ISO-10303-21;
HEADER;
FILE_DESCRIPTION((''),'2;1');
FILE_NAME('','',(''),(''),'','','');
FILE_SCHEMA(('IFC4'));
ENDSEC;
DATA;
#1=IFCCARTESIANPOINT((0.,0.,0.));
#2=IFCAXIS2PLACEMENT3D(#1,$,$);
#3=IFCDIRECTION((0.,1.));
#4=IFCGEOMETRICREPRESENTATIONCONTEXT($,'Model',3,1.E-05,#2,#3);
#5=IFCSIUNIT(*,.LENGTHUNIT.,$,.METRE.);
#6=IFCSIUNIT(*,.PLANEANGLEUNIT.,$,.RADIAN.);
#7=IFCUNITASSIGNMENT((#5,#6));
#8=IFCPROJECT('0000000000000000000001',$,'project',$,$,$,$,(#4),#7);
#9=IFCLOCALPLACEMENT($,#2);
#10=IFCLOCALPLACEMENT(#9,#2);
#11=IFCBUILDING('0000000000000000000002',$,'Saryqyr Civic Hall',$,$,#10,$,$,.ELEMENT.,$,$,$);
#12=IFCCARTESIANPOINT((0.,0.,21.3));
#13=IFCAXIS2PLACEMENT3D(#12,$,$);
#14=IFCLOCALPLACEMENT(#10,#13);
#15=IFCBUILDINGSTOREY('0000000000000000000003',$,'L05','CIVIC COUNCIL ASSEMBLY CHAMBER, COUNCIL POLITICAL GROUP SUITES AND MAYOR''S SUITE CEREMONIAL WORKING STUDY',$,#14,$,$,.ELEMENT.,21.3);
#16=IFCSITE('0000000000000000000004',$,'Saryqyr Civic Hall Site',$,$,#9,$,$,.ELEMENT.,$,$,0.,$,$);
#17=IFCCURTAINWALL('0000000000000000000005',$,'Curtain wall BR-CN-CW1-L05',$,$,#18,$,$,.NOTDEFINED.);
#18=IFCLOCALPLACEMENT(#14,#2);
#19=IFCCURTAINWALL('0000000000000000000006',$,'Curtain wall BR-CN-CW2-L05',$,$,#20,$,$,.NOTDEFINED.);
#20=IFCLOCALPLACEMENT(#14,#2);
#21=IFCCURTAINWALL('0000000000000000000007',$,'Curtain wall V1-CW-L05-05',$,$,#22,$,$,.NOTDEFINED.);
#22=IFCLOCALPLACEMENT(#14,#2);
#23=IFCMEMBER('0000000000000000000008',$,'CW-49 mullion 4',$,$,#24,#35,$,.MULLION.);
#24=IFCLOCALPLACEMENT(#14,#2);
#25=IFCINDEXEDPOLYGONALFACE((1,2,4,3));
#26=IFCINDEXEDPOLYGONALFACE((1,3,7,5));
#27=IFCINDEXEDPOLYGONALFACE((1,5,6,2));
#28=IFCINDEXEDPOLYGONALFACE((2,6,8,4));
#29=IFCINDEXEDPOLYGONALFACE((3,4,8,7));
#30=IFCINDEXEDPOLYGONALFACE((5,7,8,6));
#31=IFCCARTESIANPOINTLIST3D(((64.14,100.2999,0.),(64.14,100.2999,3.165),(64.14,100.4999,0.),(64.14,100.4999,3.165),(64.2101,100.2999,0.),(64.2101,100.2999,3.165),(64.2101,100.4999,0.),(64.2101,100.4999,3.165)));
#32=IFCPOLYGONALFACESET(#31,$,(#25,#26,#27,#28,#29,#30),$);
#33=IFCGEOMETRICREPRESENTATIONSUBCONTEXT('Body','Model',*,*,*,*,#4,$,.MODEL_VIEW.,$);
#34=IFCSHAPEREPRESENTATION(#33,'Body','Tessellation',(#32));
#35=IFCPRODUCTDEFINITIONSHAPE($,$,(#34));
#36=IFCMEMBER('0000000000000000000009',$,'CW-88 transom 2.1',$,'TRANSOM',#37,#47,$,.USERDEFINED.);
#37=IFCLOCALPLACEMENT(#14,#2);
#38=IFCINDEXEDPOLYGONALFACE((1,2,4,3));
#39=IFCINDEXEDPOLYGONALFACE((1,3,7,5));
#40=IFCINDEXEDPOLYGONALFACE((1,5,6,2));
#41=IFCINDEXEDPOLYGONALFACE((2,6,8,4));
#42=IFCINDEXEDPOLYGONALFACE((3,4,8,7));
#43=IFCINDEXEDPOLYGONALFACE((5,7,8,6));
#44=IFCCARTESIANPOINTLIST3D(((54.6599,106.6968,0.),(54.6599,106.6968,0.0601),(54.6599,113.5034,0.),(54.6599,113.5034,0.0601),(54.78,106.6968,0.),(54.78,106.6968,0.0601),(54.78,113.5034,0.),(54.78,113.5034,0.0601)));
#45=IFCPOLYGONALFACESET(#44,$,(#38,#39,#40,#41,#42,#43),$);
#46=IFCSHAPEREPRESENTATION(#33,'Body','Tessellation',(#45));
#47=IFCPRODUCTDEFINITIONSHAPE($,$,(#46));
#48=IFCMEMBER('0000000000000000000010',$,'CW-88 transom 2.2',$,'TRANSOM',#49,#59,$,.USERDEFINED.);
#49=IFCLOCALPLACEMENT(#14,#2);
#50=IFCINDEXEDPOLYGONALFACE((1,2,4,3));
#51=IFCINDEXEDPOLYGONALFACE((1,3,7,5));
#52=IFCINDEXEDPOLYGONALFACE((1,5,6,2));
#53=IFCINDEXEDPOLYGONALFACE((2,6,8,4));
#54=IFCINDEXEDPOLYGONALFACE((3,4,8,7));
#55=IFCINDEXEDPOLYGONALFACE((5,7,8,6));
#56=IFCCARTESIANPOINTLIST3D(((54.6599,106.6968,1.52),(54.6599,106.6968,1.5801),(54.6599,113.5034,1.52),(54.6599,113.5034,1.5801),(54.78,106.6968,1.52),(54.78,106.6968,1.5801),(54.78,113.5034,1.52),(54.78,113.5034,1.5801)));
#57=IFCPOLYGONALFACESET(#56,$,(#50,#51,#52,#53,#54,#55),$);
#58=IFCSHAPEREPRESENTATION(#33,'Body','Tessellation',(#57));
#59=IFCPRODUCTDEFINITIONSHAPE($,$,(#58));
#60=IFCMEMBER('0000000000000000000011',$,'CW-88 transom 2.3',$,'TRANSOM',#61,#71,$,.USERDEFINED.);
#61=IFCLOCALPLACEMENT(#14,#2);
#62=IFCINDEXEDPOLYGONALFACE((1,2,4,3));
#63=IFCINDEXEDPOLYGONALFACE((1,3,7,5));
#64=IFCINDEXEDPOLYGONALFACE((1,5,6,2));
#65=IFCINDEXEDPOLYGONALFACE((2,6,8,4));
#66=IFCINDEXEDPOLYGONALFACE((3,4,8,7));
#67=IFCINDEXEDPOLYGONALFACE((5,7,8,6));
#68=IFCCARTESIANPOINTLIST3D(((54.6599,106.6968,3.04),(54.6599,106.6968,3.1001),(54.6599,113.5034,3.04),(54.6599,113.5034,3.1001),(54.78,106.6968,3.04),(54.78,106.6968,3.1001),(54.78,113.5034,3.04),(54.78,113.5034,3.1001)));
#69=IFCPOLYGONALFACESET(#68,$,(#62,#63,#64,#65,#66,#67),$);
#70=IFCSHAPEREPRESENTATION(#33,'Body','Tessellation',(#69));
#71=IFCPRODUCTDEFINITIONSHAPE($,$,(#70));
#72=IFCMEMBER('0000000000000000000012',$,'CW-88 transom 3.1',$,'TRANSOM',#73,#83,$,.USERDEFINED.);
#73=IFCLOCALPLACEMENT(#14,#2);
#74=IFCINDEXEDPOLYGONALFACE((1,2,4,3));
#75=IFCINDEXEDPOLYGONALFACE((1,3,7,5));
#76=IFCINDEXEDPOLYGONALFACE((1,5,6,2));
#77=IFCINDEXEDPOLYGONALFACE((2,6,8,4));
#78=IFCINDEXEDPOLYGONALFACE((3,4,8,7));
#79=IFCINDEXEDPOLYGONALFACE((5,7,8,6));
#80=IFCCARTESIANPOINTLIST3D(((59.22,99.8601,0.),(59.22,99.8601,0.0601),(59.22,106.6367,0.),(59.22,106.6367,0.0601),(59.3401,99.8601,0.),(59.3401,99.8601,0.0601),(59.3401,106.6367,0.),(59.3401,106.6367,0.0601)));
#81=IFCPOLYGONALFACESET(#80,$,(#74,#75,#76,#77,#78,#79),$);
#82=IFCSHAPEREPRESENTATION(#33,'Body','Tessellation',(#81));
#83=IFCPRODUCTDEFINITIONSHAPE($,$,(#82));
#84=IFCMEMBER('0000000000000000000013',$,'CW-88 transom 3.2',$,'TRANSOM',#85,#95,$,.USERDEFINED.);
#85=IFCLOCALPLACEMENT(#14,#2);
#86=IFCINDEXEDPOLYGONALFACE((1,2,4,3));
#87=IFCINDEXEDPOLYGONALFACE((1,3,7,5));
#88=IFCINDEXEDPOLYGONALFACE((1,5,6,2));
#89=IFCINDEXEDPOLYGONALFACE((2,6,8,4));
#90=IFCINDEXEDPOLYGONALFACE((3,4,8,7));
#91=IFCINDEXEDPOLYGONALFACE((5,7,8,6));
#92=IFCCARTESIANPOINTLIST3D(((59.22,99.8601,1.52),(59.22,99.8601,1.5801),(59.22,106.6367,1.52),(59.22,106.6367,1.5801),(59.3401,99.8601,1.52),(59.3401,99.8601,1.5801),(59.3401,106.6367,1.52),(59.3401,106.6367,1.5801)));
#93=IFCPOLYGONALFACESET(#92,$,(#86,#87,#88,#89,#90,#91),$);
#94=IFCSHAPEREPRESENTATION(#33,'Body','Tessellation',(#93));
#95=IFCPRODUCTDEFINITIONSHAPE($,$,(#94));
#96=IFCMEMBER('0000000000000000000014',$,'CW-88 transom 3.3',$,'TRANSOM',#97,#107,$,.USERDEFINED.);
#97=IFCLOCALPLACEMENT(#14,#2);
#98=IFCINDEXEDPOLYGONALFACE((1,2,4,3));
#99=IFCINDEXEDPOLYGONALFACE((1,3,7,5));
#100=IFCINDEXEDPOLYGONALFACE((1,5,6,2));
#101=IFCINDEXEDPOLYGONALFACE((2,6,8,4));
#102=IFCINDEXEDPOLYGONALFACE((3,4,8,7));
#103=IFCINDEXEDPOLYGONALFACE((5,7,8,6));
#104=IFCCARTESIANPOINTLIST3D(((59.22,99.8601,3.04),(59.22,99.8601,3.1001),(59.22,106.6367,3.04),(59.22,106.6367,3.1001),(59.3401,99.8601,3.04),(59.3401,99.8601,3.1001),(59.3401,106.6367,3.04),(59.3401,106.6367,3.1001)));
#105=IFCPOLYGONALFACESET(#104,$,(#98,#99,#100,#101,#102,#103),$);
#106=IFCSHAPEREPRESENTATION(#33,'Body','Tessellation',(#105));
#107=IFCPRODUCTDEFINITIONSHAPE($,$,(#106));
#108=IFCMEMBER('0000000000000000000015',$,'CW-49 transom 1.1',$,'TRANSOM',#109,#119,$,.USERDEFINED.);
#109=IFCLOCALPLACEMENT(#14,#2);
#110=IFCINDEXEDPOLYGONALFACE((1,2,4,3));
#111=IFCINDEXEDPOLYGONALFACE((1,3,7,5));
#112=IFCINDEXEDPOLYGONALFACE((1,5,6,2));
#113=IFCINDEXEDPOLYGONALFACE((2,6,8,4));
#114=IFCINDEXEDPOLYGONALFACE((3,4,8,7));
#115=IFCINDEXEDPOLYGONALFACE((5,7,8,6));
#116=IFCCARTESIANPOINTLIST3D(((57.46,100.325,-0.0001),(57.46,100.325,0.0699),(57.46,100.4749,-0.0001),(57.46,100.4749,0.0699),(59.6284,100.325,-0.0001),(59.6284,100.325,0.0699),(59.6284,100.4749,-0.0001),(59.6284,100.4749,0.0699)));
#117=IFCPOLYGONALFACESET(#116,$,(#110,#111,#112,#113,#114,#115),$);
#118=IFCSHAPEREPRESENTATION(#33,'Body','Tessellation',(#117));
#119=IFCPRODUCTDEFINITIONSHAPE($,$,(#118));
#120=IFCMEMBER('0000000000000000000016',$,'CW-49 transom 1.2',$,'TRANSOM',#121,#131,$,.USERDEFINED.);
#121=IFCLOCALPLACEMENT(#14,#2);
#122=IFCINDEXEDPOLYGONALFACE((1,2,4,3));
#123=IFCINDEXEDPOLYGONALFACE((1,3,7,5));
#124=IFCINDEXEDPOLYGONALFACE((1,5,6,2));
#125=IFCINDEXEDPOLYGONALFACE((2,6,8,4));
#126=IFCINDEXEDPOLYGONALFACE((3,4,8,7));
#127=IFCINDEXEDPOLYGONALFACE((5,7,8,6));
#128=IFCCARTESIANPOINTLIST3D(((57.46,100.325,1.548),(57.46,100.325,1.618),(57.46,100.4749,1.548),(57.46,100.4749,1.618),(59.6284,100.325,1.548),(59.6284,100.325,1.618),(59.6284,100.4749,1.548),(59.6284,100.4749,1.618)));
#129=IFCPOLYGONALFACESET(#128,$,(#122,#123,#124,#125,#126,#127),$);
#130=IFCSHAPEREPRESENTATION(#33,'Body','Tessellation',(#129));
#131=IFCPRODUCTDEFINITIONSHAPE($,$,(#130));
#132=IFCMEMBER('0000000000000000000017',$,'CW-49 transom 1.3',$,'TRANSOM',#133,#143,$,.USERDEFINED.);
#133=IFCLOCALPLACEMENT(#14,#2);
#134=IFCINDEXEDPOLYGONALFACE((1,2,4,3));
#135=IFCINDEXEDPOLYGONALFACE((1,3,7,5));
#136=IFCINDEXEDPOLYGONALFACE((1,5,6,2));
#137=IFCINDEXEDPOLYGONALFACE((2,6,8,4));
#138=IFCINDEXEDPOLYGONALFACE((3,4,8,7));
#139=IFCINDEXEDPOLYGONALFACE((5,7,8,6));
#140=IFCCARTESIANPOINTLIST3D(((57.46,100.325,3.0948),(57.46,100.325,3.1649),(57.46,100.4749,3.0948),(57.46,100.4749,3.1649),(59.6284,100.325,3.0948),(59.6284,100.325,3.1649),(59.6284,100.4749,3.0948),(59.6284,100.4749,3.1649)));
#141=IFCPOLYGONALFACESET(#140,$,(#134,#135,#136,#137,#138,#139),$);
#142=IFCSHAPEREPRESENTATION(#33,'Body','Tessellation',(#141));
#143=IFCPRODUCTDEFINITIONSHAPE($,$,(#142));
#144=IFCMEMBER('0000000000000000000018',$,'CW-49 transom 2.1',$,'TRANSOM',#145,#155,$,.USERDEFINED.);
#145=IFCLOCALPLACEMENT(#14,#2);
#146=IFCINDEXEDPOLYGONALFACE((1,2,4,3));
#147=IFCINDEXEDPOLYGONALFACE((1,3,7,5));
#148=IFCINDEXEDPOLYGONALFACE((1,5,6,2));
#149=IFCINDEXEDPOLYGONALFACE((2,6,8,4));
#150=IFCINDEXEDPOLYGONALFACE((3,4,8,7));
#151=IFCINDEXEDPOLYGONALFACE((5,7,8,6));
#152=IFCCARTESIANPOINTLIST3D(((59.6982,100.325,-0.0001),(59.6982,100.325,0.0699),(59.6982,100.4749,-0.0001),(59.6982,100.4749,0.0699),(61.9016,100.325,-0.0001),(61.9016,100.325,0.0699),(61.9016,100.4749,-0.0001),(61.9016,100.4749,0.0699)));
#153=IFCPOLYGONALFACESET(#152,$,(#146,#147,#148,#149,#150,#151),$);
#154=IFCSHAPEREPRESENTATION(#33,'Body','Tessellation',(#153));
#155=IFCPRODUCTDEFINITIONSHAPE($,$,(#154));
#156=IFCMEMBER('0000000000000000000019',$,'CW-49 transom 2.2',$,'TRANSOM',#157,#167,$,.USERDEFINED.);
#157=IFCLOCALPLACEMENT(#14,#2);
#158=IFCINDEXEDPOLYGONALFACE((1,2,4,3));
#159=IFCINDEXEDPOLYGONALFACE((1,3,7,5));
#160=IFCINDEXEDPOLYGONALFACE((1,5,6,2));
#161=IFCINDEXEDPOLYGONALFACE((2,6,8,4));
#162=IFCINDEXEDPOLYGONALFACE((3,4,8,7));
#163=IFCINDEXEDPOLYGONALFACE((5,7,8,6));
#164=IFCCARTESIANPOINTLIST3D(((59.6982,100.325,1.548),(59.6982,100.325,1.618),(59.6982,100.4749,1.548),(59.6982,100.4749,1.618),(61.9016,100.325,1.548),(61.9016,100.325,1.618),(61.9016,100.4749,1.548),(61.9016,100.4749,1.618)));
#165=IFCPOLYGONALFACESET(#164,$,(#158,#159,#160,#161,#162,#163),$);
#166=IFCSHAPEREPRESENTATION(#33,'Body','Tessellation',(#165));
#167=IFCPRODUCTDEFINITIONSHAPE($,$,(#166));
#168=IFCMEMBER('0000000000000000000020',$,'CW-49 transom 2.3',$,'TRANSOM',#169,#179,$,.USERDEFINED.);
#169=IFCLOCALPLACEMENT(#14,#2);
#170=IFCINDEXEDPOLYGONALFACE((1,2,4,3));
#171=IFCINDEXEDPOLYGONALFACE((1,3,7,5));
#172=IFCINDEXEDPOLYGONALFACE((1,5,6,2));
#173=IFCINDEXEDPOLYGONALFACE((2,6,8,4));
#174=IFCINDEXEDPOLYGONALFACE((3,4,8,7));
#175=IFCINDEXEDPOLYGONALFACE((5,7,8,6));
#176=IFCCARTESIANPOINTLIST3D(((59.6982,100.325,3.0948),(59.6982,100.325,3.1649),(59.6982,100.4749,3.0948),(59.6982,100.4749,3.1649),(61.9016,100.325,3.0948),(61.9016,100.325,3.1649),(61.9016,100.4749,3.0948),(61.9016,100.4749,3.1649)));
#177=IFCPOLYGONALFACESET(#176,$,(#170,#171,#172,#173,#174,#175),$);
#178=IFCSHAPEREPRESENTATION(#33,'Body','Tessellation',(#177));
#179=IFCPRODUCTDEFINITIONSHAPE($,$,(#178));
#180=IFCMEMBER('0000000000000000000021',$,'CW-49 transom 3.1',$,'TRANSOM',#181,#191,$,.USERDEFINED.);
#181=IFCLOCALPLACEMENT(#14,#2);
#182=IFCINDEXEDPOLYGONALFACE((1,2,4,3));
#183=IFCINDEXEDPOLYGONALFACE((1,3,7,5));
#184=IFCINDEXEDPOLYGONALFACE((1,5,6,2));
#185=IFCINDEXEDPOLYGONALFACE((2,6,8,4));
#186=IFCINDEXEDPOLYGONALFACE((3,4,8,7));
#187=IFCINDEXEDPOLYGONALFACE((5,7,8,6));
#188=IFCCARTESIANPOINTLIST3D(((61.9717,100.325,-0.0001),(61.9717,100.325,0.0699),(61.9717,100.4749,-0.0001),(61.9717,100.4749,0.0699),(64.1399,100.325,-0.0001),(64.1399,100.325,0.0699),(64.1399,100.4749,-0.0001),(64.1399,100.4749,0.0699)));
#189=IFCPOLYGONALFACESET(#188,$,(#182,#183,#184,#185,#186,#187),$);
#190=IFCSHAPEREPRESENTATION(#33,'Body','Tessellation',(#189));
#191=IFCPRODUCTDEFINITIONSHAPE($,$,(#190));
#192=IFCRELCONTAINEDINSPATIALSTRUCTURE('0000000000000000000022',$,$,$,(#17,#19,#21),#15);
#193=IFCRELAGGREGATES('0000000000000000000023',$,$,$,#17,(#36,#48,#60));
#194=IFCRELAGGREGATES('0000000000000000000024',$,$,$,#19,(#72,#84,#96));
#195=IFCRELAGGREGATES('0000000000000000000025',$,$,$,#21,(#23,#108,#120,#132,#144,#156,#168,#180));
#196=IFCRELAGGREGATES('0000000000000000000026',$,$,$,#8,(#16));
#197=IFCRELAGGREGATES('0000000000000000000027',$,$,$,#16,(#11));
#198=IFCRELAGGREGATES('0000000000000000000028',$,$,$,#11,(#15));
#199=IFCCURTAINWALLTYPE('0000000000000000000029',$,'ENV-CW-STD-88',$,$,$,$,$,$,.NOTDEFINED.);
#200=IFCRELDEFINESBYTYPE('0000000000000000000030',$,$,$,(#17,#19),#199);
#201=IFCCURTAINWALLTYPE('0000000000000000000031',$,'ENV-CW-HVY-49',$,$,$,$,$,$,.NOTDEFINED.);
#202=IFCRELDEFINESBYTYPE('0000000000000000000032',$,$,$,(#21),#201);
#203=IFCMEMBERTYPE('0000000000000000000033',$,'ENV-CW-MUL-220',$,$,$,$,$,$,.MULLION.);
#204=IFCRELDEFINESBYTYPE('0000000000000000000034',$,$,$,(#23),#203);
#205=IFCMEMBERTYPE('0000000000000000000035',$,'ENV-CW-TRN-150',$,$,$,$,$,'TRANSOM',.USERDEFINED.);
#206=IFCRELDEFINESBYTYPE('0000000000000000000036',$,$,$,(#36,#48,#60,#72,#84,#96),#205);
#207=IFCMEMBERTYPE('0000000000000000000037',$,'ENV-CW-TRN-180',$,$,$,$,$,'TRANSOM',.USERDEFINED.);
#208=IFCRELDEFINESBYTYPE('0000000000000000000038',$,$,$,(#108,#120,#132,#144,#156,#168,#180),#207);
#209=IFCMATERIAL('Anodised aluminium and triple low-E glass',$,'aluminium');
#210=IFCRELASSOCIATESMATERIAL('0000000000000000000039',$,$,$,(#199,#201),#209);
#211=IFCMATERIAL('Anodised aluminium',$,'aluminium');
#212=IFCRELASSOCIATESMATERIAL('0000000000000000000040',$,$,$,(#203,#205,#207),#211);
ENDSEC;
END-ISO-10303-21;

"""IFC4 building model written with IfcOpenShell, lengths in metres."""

from ifc_helpers import new_model, si_unit, direction, frame, origin, origin_2d, place, context, subcontext, project, spatial, rectangle, extrude, material, material_profile, profile_set, type_object, element, aggregate, save


model = new_model("IFC4")

# Units and contexts
model_context = context("Model", 3, precision=1e-05, world=origin(), true_north=direction((0.0, 1.0)))
body_context = subcontext(model_context, "Body", "Model", "MODEL_VIEW")
ifc_project = project(units=[si_unit("LENGTHUNIT", "METRE"), si_unit("PLANEANGLEUNIT", "RADIAN")], contexts=[model_context])

# Site, building, storey
site_placement = place(None, origin())
site = spatial("IfcSite", under=ifc_project, at=site_placement, Name="Saryqyr Civic Hall Site", CompositionType="ELEMENT", RefElevation=0.0)
building_placement = place(site_placement, origin())
building = spatial("IfcBuilding", under=site, at=building_placement, Name="Saryqyr Civic Hall", CompositionType="ELEMENT")
storey_placement = place(building_placement, frame((0.0, 0.0, 21.3)))
storey = spatial("IfcBuildingStorey", under=building, at=storey_placement, Name="L05", Description="CIVIC COUNCIL ASSEMBLY CHAMBER, COUNCIL POLITICAL GROUP SUITES AND MAYOR'S SUITE CEREMONIAL WORKING STUDY", CompositionType="ELEMENT", Elevation=21.3)

# Curtain walls
ifc_material_1 = material(Name="Anodised aluminium and triple low-E glass", Category="aluminium")
curtain_wall_type_1 = type_object("IfcCurtainWallType", Name="ENV-CW-STD-88", PredefinedType="NOTDEFINED", material=ifc_material_1)
curtain_wall_1_placement = place(storey_placement, origin())
curtain_wall_1 = element("IfcCurtainWall", 1, at=curtain_wall_1_placement, inside=storey, type_object=curtain_wall_type_1, Name="Curtain wall BR-CN-CW1-L05", PredefinedType="NOTDEFINED")
ifc_material_2 = material(Name="Anodised aluminium", Category="aluminium")
curtain_wall_2_placement = place(storey_placement, origin())
curtain_wall_2 = element("IfcCurtainWall", 2, at=curtain_wall_2_placement, inside=storey, type_object=curtain_wall_type_1, Name="Curtain wall BR-CN-CW2-L05", PredefinedType="NOTDEFINED")

# Curtain wall, member
curtain_wall_type_2 = type_object("IfcCurtainWallType", Name="ENV-CW-HVY-49", PredefinedType="NOTDEFINED", material=ifc_material_1)
curtain_wall_3_placement = place(storey_placement, origin())
curtain_wall_3 = element("IfcCurtainWall", 3, at=curtain_wall_3_placement, inside=storey, type_object=curtain_wall_type_2, Name="Curtain wall V1-CW-L05-05", PredefinedType="NOTDEFINED")
ifc_material_profile_1 = material_profile(ifc_material_2, rectangle(XDim=0.0701, YDim=0.2, at=origin_2d()), Name="ALU MULLION 70x200")
ifc_profile_set_1 = profile_set([ifc_material_profile_1], Name="Anodised aluminium")
member_type_1 = type_object("IfcMemberType", Name="ENV-CW-MUL-220", PredefinedType="MULLION", material=ifc_profile_set_1)
member_1_placement = place(storey_placement, frame((64.175, 100.3999, 0.0), z_axis=(0.0, 0.0, 1.0), x_axis=(1.0, 0.0, 0.0)))
member_1 = element("IfcMember", 4, at=member_1_placement, type_object=member_type_1, Name="CW-49 mullion 4", PredefinedType="MULLION", context=body_context, shape_type="SweptSolid", body=[
    extrude(rectangle(XDim=0.0701, YDim=0.2, at=origin_2d()), origin(), (0.0, 0.0, 1.0), 3.165),
])

# Members
ifc_material_profile_2 = material_profile(ifc_material_2, rectangle(XDim=0.1201, YDim=0.0601, at=origin_2d()), Name="ALU TRANSOM 120x60")
ifc_profile_set_2 = profile_set([ifc_material_profile_2], Name="Anodised aluminium")
member_type_2 = type_object("IfcMemberType", Name="ENV-CW-TRN-150", ElementType="TRANSOM", PredefinedType="USERDEFINED", material=ifc_profile_set_2)
member_2_placement = place(storey_placement, frame((54.72, 106.6968, 0.03), z_axis=(0.0, 1.0, 0.0), x_axis=(-1.0, 0.0, 0.0)))
member_2 = element("IfcMember", 5, at=member_2_placement, type_object=member_type_2, Name="CW-88 transom 2.1", ObjectType="TRANSOM", PredefinedType="USERDEFINED", context=body_context, shape_type="SweptSolid", body=[
    extrude(rectangle(XDim=0.1201, YDim=0.0601, at=origin_2d()), origin(), (0.0, 0.0, 1.0), 6.8066),
])
member_3_placement = place(storey_placement, frame((54.72, 106.6968, 1.55), z_axis=(0.0, 1.0, 0.0), x_axis=(-1.0, 0.0, 0.0)))
member_3 = element("IfcMember", 6, at=member_3_placement, type_object=member_type_2, Name="CW-88 transom 2.2", ObjectType="TRANSOM", PredefinedType="USERDEFINED", context=body_context, shape_type="SweptSolid", body=[
    extrude(rectangle(XDim=0.1201, YDim=0.0601, at=origin_2d()), origin(), (0.0, 0.0, 1.0), 6.8066),
])
member_4_placement = place(storey_placement, frame((54.72, 106.6968, 3.0701), z_axis=(0.0, 1.0, 0.0), x_axis=(-1.0, 0.0, 0.0)))
member_4 = element("IfcMember", 7, at=member_4_placement, type_object=member_type_2, Name="CW-88 transom 2.3", ObjectType="TRANSOM", PredefinedType="USERDEFINED", context=body_context, shape_type="SweptSolid", body=[
    extrude(rectangle(XDim=0.1201, YDim=0.0601, at=origin_2d()), origin(), (0.0, 0.0, 1.0), 6.8066),
])
member_5_placement = place(storey_placement, frame((59.28, 106.6367, 0.03), z_axis=(0.0, -1.0, 0.0), x_axis=(1.0, 0.0, 0.0)))
member_5 = element("IfcMember", 8, at=member_5_placement, type_object=member_type_2, Name="CW-88 transom 3.1", ObjectType="TRANSOM", PredefinedType="USERDEFINED", context=body_context, shape_type="SweptSolid", body=[
    extrude(rectangle(XDim=0.1201, YDim=0.0601, at=origin_2d()), origin(), (0.0, 0.0, 1.0), 6.7766),
])
member_6_placement = place(storey_placement, frame((59.28, 106.6367, 1.55), z_axis=(0.0, -1.0, 0.0), x_axis=(1.0, 0.0, 0.0)))
member_6 = element("IfcMember", 9, at=member_6_placement, type_object=member_type_2, Name="CW-88 transom 3.2", ObjectType="TRANSOM", PredefinedType="USERDEFINED", context=body_context, shape_type="SweptSolid", body=[
    extrude(rectangle(XDim=0.1201, YDim=0.0601, at=origin_2d()), origin(), (0.0, 0.0, 1.0), 6.7766),
])
member_7_placement = place(storey_placement, frame((59.28, 106.6367, 3.0701), z_axis=(0.0, -1.0, 0.0), x_axis=(1.0, 0.0, 0.0)))
member_7 = element("IfcMember", 10, at=member_7_placement, type_object=member_type_2, Name="CW-88 transom 3.3", ObjectType="TRANSOM", PredefinedType="USERDEFINED", context=body_context, shape_type="SweptSolid", body=[
    extrude(rectangle(XDim=0.1201, YDim=0.0601, at=origin_2d()), origin(), (0.0, 0.0, 1.0), 6.7766),
])
ifc_material_profile_3 = material_profile(ifc_material_2, rectangle(XDim=0.1499, YDim=0.0701, at=origin_2d()), Name="ALU TRANSOM 150x70")
ifc_profile_set_3 = profile_set([ifc_material_profile_3], Name="Anodised aluminium")
member_type_3 = type_object("IfcMemberType", Name="ENV-CW-TRN-180", ElementType="TRANSOM", PredefinedType="USERDEFINED", material=ifc_profile_set_3)
member_8_placement = place(storey_placement, frame((57.46, 100.3999, 0.0349), z_axis=(1.0, 0.0, 0.0), x_axis=(0.0, 1.0, 0.0)))
member_8 = element("IfcMember", 11, at=member_8_placement, type_object=member_type_3, Name="CW-49 transom 1.1", ObjectType="TRANSOM", PredefinedType="USERDEFINED", context=body_context, shape_type="SweptSolid", body=[
    extrude(rectangle(XDim=0.1499, YDim=0.0701, at=origin_2d()), origin(), (0.0, 0.0, 1.0), 2.1685),
])
member_9_placement = place(storey_placement, frame((57.46, 100.3999, 1.583), z_axis=(1.0, 0.0, 0.0), x_axis=(0.0, 1.0, 0.0)))
member_9 = element("IfcMember", 12, at=member_9_placement, type_object=member_type_3, Name="CW-49 transom 1.2", ObjectType="TRANSOM", PredefinedType="USERDEFINED", context=body_context, shape_type="SweptSolid", body=[
    extrude(rectangle(XDim=0.1499, YDim=0.0701, at=origin_2d()), origin(), (0.0, 0.0, 1.0), 2.1685),
])
member_10_placement = place(storey_placement, frame((57.46, 100.3999, 3.1299), z_axis=(1.0, 0.0, 0.0), x_axis=(0.0, 1.0, 0.0)))
member_10 = element("IfcMember", 13, at=member_10_placement, type_object=member_type_3, Name="CW-49 transom 1.3", ObjectType="TRANSOM", PredefinedType="USERDEFINED", context=body_context, shape_type="SweptSolid", body=[
    extrude(rectangle(XDim=0.1499, YDim=0.0701, at=origin_2d()), origin(), (0.0, 0.0, 1.0), 2.1685),
])
member_11_placement = place(storey_placement, frame((59.6982, 100.3999, 0.0349), z_axis=(1.0, 0.0, 0.0), x_axis=(0.0, 1.0, 0.0)))
member_11 = element("IfcMember", 14, at=member_11_placement, type_object=member_type_3, Name="CW-49 transom 2.1", ObjectType="TRANSOM", PredefinedType="USERDEFINED", context=body_context, shape_type="SweptSolid", body=[
    extrude(rectangle(XDim=0.1499, YDim=0.0701, at=origin_2d()), origin(), (0.0, 0.0, 1.0), 2.2034),
])
member_12_placement = place(storey_placement, frame((59.6982, 100.3999, 1.583), z_axis=(1.0, 0.0, 0.0), x_axis=(0.0, 1.0, 0.0)))
member_12 = element("IfcMember", 15, at=member_12_placement, type_object=member_type_3, Name="CW-49 transom 2.2", ObjectType="TRANSOM", PredefinedType="USERDEFINED", context=body_context, shape_type="SweptSolid", body=[
    extrude(rectangle(XDim=0.1499, YDim=0.0701, at=origin_2d()), origin(), (0.0, 0.0, 1.0), 2.2034),
])
member_13_placement = place(storey_placement, frame((59.6982, 100.3999, 3.1299), z_axis=(1.0, 0.0, 0.0), x_axis=(0.0, 1.0, 0.0)))
member_13 = element("IfcMember", 16, at=member_13_placement, type_object=member_type_3, Name="CW-49 transom 2.3", ObjectType="TRANSOM", PredefinedType="USERDEFINED", context=body_context, shape_type="SweptSolid", body=[
    extrude(rectangle(XDim=0.1499, YDim=0.0701, at=origin_2d()), origin(), (0.0, 0.0, 1.0), 2.2034),
])
member_14_placement = place(storey_placement, frame((61.9717, 100.3999, 0.0349), z_axis=(1.0, 0.0, 0.0), x_axis=(0.0, 1.0, 0.0)))
member_14 = element("IfcMember", 17, at=member_14_placement, type_object=member_type_3, Name="CW-49 transom 3.1", ObjectType="TRANSOM", PredefinedType="USERDEFINED", context=body_context, shape_type="SweptSolid", body=[
    extrude(rectangle(XDim=0.1499, YDim=0.0701, at=origin_2d()), origin(), (0.0, 0.0, 1.0), 2.1682),
])

aggregate(curtain_wall_1, [member_2, member_3, member_4])
aggregate(curtain_wall_2, [member_5, member_6, member_7])
aggregate(curtain_wall_3, [member_1, member_8, member_9, member_10, member_11, member_12, member_13, member_14])

save(model, "model.ifc")
